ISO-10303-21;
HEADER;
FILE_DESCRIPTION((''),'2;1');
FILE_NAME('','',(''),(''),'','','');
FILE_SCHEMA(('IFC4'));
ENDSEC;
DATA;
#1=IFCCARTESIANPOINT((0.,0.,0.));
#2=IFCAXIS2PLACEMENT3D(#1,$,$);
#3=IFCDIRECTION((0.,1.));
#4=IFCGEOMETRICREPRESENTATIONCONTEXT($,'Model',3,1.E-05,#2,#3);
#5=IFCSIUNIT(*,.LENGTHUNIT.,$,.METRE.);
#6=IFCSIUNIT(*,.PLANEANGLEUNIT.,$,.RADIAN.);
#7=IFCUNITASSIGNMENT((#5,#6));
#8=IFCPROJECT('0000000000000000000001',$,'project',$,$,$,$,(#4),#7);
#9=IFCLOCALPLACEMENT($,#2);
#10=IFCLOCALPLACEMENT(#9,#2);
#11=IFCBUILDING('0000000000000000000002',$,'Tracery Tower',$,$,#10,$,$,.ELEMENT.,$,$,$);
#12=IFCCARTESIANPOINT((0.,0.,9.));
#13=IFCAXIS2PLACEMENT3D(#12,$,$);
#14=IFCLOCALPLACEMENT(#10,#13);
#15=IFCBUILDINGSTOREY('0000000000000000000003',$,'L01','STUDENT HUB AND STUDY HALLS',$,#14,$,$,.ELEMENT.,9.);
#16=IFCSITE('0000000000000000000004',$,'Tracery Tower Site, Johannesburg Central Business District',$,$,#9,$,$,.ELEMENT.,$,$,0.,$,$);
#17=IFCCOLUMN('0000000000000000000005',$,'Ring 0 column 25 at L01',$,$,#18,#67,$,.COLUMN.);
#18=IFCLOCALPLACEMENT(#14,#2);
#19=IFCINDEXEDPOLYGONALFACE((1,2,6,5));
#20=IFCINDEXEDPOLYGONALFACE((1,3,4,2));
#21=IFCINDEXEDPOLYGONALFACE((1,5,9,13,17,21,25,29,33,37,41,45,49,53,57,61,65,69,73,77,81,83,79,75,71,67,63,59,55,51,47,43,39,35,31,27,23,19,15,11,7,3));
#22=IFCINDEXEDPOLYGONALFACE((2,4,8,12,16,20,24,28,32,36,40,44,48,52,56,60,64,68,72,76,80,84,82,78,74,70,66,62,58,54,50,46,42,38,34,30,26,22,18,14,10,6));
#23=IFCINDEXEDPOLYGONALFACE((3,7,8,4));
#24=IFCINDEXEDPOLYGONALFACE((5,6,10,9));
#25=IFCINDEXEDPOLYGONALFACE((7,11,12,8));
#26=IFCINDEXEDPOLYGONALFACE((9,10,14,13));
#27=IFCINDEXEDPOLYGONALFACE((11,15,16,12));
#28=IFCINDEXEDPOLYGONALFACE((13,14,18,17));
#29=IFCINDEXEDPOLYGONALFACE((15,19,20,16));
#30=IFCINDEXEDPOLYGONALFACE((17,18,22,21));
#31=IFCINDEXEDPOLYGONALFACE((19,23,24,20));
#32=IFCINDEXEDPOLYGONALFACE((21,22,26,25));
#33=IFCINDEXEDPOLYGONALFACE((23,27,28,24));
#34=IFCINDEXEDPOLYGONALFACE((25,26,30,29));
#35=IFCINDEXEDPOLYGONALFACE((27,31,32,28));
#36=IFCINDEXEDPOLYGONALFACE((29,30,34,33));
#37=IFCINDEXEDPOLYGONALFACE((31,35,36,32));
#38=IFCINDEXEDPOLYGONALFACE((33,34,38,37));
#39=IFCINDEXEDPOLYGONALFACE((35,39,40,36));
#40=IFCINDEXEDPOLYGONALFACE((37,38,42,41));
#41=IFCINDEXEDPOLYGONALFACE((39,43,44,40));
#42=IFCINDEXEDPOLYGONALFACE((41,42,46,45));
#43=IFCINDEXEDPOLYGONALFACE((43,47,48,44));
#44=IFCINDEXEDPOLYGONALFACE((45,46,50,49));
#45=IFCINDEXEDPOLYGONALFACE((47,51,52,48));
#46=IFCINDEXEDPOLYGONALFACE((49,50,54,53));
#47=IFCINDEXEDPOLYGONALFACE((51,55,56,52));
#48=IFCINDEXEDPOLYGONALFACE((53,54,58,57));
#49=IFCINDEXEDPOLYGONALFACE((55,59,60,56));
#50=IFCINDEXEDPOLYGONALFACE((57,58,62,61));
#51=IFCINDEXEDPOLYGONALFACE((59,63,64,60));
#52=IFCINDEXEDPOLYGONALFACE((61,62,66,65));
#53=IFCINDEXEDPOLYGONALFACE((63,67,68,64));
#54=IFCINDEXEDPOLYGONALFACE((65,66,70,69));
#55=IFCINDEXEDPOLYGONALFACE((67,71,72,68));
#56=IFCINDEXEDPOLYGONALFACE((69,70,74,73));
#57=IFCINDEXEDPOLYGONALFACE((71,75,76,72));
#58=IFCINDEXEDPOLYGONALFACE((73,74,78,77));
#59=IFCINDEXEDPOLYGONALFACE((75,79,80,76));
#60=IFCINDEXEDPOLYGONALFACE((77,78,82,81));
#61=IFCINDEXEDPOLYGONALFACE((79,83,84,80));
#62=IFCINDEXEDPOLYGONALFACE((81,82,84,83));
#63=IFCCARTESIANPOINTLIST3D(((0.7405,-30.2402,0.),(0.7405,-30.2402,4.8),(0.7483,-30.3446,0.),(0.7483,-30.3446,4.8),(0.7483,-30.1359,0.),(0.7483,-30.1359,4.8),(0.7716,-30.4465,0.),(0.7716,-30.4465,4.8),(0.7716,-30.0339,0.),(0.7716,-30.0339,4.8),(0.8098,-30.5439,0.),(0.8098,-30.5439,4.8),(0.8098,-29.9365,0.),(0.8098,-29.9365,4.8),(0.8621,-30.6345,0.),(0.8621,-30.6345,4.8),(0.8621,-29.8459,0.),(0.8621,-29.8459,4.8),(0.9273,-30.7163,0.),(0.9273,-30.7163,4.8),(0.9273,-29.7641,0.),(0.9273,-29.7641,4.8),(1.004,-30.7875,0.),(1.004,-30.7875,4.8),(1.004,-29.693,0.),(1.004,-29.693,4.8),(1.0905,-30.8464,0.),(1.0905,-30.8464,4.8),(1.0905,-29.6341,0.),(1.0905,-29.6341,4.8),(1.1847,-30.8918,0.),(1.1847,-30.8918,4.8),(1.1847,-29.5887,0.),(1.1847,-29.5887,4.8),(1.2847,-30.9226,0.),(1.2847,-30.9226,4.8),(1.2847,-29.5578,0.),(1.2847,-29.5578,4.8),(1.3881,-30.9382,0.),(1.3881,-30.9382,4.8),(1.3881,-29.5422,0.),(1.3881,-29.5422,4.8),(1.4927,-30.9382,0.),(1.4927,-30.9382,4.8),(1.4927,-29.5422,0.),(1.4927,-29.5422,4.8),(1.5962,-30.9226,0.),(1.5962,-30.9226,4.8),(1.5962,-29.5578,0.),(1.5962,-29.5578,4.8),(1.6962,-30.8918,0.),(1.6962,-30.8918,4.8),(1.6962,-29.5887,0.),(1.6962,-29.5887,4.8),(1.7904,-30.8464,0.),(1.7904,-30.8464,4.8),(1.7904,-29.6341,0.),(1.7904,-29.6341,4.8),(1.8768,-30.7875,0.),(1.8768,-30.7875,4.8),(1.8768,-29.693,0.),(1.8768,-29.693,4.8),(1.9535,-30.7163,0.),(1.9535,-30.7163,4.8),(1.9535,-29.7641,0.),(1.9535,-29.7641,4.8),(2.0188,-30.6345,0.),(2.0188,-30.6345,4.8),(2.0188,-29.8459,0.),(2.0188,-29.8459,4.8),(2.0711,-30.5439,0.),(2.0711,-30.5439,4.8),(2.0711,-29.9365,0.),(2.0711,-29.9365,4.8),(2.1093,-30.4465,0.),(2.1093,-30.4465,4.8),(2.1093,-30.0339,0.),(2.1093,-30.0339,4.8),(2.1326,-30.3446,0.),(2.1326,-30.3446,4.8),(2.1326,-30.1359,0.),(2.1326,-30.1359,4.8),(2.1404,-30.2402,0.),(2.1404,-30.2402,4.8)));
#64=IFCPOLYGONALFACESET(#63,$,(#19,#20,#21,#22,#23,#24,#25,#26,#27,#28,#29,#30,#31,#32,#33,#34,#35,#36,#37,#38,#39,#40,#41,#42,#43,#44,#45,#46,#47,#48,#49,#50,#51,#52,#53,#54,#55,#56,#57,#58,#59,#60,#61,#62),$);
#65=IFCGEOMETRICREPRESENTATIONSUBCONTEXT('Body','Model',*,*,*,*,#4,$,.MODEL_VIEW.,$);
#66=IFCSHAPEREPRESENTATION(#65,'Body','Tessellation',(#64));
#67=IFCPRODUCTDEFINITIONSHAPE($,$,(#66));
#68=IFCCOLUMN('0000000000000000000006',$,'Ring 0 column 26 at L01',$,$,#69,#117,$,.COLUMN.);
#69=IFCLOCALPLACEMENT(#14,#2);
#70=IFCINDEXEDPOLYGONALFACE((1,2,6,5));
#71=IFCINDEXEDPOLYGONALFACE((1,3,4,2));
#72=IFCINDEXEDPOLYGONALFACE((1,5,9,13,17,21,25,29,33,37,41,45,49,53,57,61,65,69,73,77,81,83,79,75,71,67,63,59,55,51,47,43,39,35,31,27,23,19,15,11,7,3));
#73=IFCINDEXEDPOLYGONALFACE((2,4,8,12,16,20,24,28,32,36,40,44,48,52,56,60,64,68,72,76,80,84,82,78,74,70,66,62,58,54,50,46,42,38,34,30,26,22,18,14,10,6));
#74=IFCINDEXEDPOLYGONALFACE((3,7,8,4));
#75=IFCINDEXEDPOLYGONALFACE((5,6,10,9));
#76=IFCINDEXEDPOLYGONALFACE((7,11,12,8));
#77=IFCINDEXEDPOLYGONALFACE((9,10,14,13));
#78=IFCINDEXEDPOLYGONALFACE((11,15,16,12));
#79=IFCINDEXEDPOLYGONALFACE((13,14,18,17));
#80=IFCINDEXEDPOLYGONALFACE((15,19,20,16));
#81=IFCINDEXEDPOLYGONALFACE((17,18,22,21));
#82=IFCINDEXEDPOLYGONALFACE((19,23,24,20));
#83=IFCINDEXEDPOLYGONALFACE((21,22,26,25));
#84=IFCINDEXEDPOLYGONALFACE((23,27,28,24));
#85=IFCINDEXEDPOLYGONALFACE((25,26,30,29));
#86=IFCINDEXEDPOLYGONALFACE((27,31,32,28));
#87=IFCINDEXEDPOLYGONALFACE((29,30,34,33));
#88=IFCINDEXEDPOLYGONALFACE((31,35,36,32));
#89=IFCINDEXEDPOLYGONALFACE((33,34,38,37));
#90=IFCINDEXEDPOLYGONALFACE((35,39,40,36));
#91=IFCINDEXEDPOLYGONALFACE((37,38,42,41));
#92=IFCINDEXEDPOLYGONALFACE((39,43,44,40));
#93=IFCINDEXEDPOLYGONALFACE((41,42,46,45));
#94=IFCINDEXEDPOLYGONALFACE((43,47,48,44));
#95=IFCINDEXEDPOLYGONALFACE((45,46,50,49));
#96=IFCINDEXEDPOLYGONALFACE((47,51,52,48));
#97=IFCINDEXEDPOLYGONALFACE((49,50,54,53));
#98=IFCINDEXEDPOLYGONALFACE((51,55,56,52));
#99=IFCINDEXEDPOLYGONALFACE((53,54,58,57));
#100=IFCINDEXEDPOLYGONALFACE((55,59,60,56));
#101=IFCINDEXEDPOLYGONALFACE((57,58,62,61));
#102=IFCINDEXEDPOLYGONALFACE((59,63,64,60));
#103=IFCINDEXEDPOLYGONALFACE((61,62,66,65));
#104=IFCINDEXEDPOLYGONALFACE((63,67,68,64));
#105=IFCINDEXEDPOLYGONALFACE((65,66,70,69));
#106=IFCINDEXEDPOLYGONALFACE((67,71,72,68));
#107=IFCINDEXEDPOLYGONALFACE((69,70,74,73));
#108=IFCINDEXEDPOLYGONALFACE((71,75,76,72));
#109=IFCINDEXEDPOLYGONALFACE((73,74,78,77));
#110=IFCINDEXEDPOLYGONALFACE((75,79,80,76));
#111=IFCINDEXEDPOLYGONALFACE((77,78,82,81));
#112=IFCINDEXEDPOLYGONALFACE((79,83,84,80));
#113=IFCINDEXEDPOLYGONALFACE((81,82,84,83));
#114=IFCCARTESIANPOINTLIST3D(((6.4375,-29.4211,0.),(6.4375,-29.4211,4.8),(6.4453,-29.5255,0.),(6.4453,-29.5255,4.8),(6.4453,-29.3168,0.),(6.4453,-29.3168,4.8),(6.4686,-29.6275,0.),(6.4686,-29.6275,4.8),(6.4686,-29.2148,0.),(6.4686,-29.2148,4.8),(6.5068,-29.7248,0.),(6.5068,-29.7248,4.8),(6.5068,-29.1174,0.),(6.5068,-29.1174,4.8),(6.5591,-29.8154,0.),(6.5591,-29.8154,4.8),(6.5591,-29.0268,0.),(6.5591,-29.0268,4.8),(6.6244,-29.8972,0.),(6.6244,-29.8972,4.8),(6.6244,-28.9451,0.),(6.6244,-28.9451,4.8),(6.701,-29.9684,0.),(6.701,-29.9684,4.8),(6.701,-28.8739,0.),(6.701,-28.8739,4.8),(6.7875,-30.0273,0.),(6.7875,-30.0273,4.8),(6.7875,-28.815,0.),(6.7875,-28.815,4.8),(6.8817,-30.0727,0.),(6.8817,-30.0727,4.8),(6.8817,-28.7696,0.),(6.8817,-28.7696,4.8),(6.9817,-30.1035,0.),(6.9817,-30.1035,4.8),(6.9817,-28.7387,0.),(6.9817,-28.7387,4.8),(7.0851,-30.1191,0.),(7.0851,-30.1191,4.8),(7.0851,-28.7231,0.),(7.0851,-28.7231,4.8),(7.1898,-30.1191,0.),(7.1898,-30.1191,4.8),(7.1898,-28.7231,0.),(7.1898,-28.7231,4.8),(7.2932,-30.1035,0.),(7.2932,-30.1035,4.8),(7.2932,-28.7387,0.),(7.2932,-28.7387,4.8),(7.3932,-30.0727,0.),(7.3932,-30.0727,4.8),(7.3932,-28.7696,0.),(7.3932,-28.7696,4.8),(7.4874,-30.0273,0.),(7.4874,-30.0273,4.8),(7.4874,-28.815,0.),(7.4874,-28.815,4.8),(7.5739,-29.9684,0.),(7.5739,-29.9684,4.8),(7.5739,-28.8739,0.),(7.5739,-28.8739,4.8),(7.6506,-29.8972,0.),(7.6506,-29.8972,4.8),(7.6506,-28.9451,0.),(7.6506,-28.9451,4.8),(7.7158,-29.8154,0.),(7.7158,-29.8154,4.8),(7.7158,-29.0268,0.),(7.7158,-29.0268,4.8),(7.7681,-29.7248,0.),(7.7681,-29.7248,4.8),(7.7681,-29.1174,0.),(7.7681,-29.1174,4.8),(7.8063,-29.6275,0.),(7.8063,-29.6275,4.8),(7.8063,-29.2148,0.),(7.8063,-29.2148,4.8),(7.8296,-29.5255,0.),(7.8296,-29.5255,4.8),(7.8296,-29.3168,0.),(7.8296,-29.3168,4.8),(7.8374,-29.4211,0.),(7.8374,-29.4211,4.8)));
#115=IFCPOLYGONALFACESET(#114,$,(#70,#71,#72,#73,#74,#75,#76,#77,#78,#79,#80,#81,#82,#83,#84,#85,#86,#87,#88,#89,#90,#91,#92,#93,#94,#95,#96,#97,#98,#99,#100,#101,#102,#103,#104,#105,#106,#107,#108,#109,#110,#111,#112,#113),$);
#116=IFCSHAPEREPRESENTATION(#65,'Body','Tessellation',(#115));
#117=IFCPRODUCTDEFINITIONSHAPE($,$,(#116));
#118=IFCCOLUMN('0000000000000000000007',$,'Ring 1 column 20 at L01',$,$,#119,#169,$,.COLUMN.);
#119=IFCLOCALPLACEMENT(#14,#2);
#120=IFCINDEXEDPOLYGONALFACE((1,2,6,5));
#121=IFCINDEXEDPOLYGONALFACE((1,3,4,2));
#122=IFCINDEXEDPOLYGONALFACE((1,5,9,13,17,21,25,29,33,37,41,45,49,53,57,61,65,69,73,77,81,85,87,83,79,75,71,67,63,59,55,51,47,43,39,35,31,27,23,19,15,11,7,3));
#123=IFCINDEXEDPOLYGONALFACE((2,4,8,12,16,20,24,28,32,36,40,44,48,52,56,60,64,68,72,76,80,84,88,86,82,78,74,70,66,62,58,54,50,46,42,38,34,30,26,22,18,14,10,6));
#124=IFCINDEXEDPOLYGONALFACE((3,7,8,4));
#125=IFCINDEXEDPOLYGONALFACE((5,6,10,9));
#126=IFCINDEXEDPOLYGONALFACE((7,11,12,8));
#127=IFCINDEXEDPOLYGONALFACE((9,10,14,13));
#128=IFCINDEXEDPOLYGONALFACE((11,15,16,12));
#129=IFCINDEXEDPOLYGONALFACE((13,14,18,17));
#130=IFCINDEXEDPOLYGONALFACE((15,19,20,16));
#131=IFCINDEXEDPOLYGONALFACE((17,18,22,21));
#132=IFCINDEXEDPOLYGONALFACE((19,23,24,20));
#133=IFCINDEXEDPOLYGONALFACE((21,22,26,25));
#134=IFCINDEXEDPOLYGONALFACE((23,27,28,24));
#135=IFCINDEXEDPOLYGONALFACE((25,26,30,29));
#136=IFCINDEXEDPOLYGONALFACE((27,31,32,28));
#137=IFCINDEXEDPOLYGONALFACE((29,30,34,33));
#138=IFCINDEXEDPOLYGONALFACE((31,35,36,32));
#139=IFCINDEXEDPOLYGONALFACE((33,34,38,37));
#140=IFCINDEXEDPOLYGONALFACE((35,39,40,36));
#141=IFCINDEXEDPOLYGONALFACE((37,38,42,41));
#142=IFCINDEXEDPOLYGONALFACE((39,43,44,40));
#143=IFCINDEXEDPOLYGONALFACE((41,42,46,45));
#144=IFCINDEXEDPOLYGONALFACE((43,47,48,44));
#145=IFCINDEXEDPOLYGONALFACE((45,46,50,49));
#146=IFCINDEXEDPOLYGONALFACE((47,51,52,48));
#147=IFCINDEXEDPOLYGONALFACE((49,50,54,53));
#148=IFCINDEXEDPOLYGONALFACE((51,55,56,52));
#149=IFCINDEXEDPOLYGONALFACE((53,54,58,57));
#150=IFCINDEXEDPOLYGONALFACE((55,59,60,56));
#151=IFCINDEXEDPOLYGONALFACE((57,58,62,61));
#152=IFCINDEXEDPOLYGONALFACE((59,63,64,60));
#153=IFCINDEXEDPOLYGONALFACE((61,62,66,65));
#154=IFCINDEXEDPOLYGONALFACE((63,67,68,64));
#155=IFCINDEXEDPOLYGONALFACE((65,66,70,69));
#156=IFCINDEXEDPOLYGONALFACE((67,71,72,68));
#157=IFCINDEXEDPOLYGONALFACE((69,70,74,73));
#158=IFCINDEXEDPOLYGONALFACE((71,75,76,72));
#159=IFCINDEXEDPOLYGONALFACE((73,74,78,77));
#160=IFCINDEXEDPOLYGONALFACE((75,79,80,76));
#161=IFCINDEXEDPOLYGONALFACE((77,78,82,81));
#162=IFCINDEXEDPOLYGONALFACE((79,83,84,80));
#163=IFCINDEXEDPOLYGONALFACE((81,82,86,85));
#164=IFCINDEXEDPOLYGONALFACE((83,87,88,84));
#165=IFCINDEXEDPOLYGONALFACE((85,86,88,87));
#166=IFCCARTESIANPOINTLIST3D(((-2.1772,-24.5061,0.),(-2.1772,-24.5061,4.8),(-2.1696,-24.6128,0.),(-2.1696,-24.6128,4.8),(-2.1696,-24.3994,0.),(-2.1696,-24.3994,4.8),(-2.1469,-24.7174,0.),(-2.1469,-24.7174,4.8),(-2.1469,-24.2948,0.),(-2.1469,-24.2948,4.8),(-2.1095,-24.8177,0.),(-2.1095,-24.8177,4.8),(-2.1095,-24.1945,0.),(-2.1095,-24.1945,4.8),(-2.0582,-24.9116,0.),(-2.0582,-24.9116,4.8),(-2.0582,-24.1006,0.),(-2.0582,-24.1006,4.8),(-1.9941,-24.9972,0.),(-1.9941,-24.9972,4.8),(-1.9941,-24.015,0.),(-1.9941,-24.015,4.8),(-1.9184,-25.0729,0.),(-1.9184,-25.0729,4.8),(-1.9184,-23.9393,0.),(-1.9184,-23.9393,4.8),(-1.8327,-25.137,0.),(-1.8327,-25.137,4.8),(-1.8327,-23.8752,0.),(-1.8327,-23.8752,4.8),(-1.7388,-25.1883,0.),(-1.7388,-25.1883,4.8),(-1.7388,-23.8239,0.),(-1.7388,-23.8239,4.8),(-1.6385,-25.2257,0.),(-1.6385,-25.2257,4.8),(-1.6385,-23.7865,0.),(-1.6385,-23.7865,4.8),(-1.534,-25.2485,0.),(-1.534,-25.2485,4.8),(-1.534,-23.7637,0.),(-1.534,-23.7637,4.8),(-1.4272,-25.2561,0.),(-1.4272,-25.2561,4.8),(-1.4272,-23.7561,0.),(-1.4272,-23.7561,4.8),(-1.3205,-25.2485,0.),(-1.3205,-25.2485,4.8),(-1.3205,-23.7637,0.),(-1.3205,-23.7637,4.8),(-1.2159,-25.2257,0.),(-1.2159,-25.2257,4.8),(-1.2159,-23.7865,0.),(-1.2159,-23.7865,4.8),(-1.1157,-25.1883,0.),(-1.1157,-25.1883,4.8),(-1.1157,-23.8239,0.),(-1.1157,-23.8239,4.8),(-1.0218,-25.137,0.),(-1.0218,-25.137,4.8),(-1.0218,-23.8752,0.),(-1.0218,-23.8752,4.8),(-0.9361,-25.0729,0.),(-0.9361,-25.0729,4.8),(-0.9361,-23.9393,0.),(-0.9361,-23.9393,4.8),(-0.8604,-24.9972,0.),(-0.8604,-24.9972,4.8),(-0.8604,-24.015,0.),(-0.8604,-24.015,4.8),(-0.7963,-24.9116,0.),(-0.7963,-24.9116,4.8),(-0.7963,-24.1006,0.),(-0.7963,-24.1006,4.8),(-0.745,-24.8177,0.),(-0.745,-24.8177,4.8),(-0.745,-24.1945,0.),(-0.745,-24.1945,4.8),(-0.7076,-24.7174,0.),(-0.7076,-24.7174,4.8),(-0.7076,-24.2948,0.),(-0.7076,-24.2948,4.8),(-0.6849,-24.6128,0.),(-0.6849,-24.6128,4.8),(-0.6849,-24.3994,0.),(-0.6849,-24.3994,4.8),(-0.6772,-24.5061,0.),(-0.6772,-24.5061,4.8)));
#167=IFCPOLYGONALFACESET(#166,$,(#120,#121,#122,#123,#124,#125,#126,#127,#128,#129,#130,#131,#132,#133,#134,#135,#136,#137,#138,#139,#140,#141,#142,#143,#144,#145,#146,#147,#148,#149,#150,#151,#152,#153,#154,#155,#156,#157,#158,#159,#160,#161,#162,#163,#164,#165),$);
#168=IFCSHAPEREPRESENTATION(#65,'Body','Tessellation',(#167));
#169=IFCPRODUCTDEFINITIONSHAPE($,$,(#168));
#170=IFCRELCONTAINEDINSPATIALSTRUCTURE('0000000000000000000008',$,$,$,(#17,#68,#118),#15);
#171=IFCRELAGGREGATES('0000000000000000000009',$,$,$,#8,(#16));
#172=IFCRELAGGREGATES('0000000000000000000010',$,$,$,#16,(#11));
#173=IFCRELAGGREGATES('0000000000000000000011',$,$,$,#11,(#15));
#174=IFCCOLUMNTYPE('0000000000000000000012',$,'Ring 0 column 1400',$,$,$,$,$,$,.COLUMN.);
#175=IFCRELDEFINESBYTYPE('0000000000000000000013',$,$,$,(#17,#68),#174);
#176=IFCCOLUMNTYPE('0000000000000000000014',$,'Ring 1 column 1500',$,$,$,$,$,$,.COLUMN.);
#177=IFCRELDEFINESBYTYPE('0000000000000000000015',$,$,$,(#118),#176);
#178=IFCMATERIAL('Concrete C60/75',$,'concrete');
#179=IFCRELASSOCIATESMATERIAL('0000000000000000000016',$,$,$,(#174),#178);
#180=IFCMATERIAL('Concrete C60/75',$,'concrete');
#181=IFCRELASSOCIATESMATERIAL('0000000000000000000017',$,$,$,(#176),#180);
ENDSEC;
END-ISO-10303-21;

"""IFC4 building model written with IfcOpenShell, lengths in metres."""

from ifc_helpers import new_model, si_unit, direction, frame, origin, origin_2d, place, context, subcontext, project, spatial, circle, extrude, material, material_profile, profile_set, type_object, element, save


model = new_model("IFC4")

# Units and contexts
model_context = context("Model", 3, precision=1e-05, world=origin(), true_north=direction((0.0, 1.0)))
body_context = subcontext(model_context, "Body", "Model", "MODEL_VIEW")
ifc_project = project(units=[si_unit("LENGTHUNIT", "METRE"), si_unit("PLANEANGLEUNIT", "RADIAN")], contexts=[model_context])

# Site, building, storey
site_placement = place(None, origin())
site = spatial("IfcSite", under=ifc_project, at=site_placement, Name="Tracery Tower Site, Johannesburg Central Business District", CompositionType="ELEMENT", RefElevation=0.0)
building_placement = place(site_placement, origin())
building = spatial("IfcBuilding", under=site, at=building_placement, Name="Tracery Tower", CompositionType="ELEMENT")
storey_placement = place(building_placement, frame((0.0, 0.0, 9.0)))
storey = spatial("IfcBuildingStorey", under=building, at=storey_placement, Name="L01", Description="STUDENT HUB AND STUDY HALLS", CompositionType="ELEMENT", Elevation=9.0)

# Columns
ifc_material_1 = material(Name="Concrete C60/75", Category="concrete")
ifc_material_profile_1 = material_profile(ifc_material_1, circle(Radius=0.7, at=origin_2d()), Name="RC D1400")
ifc_profile_set_1 = profile_set([ifc_material_profile_1], Name="Concrete C60/75")
column_type_1 = type_object("IfcColumnType", Name="Ring 0 column 1400", PredefinedType="COLUMN", material=ifc_profile_set_1)
for number, where, z_axis, x_axis, name in (
    (1, (1.4404, -30.2402, 0.0), (0.0, 0.0, 1.0), (1.0, 0.0, 0.0), "Ring 0 column 25 at L01"),
    (2, (7.1375, -29.4211, 0.0), (0.0, 0.0, 1.0), (1.0, 0.0, 0.0), "Ring 0 column 26 at L01"),
):
    element("IfcColumn", number, at=place(storey_placement, frame(where, z_axis=z_axis, x_axis=x_axis)), inside=storey, type_object=column_type_1, Name=name, PredefinedType="COLUMN", context=body_context, shape_type="SweptSolid", body=[
        extrude(circle(Radius=0.7, at=origin_2d()), origin(), (0.0, 0.0, 1.0), 4.8),
    ])
ifc_material_2 = material(Name="Concrete C60/75", Category="concrete")
ifc_material_profile_2 = material_profile(ifc_material_2, circle(Radius=0.75, at=origin_2d()), Name="RC D1500")
ifc_profile_set_2 = profile_set([ifc_material_profile_2], Name="Concrete C60/75")
column_type_2 = type_object("IfcColumnType", Name="Ring 1 column 1500", PredefinedType="COLUMN", material=ifc_profile_set_2)
for number, where, z_axis, x_axis, name in (
    (3, (-1.4272, -24.5061, 0.0), (0.0, 0.0, 1.0), (1.0, 0.0, 0.0), "Ring 1 column 20 at L01"),
):
    element("IfcColumn", number, at=place(storey_placement, frame(where, z_axis=z_axis, x_axis=x_axis)), inside=storey, type_object=column_type_2, Name=name, PredefinedType="COLUMN", context=body_context, shape_type="SweptSolid", body=[
        extrude(circle(Radius=0.75, at=origin_2d()), origin(), (0.0, 0.0, 1.0), 4.8),
    ])

save(model, "model.ifc")
